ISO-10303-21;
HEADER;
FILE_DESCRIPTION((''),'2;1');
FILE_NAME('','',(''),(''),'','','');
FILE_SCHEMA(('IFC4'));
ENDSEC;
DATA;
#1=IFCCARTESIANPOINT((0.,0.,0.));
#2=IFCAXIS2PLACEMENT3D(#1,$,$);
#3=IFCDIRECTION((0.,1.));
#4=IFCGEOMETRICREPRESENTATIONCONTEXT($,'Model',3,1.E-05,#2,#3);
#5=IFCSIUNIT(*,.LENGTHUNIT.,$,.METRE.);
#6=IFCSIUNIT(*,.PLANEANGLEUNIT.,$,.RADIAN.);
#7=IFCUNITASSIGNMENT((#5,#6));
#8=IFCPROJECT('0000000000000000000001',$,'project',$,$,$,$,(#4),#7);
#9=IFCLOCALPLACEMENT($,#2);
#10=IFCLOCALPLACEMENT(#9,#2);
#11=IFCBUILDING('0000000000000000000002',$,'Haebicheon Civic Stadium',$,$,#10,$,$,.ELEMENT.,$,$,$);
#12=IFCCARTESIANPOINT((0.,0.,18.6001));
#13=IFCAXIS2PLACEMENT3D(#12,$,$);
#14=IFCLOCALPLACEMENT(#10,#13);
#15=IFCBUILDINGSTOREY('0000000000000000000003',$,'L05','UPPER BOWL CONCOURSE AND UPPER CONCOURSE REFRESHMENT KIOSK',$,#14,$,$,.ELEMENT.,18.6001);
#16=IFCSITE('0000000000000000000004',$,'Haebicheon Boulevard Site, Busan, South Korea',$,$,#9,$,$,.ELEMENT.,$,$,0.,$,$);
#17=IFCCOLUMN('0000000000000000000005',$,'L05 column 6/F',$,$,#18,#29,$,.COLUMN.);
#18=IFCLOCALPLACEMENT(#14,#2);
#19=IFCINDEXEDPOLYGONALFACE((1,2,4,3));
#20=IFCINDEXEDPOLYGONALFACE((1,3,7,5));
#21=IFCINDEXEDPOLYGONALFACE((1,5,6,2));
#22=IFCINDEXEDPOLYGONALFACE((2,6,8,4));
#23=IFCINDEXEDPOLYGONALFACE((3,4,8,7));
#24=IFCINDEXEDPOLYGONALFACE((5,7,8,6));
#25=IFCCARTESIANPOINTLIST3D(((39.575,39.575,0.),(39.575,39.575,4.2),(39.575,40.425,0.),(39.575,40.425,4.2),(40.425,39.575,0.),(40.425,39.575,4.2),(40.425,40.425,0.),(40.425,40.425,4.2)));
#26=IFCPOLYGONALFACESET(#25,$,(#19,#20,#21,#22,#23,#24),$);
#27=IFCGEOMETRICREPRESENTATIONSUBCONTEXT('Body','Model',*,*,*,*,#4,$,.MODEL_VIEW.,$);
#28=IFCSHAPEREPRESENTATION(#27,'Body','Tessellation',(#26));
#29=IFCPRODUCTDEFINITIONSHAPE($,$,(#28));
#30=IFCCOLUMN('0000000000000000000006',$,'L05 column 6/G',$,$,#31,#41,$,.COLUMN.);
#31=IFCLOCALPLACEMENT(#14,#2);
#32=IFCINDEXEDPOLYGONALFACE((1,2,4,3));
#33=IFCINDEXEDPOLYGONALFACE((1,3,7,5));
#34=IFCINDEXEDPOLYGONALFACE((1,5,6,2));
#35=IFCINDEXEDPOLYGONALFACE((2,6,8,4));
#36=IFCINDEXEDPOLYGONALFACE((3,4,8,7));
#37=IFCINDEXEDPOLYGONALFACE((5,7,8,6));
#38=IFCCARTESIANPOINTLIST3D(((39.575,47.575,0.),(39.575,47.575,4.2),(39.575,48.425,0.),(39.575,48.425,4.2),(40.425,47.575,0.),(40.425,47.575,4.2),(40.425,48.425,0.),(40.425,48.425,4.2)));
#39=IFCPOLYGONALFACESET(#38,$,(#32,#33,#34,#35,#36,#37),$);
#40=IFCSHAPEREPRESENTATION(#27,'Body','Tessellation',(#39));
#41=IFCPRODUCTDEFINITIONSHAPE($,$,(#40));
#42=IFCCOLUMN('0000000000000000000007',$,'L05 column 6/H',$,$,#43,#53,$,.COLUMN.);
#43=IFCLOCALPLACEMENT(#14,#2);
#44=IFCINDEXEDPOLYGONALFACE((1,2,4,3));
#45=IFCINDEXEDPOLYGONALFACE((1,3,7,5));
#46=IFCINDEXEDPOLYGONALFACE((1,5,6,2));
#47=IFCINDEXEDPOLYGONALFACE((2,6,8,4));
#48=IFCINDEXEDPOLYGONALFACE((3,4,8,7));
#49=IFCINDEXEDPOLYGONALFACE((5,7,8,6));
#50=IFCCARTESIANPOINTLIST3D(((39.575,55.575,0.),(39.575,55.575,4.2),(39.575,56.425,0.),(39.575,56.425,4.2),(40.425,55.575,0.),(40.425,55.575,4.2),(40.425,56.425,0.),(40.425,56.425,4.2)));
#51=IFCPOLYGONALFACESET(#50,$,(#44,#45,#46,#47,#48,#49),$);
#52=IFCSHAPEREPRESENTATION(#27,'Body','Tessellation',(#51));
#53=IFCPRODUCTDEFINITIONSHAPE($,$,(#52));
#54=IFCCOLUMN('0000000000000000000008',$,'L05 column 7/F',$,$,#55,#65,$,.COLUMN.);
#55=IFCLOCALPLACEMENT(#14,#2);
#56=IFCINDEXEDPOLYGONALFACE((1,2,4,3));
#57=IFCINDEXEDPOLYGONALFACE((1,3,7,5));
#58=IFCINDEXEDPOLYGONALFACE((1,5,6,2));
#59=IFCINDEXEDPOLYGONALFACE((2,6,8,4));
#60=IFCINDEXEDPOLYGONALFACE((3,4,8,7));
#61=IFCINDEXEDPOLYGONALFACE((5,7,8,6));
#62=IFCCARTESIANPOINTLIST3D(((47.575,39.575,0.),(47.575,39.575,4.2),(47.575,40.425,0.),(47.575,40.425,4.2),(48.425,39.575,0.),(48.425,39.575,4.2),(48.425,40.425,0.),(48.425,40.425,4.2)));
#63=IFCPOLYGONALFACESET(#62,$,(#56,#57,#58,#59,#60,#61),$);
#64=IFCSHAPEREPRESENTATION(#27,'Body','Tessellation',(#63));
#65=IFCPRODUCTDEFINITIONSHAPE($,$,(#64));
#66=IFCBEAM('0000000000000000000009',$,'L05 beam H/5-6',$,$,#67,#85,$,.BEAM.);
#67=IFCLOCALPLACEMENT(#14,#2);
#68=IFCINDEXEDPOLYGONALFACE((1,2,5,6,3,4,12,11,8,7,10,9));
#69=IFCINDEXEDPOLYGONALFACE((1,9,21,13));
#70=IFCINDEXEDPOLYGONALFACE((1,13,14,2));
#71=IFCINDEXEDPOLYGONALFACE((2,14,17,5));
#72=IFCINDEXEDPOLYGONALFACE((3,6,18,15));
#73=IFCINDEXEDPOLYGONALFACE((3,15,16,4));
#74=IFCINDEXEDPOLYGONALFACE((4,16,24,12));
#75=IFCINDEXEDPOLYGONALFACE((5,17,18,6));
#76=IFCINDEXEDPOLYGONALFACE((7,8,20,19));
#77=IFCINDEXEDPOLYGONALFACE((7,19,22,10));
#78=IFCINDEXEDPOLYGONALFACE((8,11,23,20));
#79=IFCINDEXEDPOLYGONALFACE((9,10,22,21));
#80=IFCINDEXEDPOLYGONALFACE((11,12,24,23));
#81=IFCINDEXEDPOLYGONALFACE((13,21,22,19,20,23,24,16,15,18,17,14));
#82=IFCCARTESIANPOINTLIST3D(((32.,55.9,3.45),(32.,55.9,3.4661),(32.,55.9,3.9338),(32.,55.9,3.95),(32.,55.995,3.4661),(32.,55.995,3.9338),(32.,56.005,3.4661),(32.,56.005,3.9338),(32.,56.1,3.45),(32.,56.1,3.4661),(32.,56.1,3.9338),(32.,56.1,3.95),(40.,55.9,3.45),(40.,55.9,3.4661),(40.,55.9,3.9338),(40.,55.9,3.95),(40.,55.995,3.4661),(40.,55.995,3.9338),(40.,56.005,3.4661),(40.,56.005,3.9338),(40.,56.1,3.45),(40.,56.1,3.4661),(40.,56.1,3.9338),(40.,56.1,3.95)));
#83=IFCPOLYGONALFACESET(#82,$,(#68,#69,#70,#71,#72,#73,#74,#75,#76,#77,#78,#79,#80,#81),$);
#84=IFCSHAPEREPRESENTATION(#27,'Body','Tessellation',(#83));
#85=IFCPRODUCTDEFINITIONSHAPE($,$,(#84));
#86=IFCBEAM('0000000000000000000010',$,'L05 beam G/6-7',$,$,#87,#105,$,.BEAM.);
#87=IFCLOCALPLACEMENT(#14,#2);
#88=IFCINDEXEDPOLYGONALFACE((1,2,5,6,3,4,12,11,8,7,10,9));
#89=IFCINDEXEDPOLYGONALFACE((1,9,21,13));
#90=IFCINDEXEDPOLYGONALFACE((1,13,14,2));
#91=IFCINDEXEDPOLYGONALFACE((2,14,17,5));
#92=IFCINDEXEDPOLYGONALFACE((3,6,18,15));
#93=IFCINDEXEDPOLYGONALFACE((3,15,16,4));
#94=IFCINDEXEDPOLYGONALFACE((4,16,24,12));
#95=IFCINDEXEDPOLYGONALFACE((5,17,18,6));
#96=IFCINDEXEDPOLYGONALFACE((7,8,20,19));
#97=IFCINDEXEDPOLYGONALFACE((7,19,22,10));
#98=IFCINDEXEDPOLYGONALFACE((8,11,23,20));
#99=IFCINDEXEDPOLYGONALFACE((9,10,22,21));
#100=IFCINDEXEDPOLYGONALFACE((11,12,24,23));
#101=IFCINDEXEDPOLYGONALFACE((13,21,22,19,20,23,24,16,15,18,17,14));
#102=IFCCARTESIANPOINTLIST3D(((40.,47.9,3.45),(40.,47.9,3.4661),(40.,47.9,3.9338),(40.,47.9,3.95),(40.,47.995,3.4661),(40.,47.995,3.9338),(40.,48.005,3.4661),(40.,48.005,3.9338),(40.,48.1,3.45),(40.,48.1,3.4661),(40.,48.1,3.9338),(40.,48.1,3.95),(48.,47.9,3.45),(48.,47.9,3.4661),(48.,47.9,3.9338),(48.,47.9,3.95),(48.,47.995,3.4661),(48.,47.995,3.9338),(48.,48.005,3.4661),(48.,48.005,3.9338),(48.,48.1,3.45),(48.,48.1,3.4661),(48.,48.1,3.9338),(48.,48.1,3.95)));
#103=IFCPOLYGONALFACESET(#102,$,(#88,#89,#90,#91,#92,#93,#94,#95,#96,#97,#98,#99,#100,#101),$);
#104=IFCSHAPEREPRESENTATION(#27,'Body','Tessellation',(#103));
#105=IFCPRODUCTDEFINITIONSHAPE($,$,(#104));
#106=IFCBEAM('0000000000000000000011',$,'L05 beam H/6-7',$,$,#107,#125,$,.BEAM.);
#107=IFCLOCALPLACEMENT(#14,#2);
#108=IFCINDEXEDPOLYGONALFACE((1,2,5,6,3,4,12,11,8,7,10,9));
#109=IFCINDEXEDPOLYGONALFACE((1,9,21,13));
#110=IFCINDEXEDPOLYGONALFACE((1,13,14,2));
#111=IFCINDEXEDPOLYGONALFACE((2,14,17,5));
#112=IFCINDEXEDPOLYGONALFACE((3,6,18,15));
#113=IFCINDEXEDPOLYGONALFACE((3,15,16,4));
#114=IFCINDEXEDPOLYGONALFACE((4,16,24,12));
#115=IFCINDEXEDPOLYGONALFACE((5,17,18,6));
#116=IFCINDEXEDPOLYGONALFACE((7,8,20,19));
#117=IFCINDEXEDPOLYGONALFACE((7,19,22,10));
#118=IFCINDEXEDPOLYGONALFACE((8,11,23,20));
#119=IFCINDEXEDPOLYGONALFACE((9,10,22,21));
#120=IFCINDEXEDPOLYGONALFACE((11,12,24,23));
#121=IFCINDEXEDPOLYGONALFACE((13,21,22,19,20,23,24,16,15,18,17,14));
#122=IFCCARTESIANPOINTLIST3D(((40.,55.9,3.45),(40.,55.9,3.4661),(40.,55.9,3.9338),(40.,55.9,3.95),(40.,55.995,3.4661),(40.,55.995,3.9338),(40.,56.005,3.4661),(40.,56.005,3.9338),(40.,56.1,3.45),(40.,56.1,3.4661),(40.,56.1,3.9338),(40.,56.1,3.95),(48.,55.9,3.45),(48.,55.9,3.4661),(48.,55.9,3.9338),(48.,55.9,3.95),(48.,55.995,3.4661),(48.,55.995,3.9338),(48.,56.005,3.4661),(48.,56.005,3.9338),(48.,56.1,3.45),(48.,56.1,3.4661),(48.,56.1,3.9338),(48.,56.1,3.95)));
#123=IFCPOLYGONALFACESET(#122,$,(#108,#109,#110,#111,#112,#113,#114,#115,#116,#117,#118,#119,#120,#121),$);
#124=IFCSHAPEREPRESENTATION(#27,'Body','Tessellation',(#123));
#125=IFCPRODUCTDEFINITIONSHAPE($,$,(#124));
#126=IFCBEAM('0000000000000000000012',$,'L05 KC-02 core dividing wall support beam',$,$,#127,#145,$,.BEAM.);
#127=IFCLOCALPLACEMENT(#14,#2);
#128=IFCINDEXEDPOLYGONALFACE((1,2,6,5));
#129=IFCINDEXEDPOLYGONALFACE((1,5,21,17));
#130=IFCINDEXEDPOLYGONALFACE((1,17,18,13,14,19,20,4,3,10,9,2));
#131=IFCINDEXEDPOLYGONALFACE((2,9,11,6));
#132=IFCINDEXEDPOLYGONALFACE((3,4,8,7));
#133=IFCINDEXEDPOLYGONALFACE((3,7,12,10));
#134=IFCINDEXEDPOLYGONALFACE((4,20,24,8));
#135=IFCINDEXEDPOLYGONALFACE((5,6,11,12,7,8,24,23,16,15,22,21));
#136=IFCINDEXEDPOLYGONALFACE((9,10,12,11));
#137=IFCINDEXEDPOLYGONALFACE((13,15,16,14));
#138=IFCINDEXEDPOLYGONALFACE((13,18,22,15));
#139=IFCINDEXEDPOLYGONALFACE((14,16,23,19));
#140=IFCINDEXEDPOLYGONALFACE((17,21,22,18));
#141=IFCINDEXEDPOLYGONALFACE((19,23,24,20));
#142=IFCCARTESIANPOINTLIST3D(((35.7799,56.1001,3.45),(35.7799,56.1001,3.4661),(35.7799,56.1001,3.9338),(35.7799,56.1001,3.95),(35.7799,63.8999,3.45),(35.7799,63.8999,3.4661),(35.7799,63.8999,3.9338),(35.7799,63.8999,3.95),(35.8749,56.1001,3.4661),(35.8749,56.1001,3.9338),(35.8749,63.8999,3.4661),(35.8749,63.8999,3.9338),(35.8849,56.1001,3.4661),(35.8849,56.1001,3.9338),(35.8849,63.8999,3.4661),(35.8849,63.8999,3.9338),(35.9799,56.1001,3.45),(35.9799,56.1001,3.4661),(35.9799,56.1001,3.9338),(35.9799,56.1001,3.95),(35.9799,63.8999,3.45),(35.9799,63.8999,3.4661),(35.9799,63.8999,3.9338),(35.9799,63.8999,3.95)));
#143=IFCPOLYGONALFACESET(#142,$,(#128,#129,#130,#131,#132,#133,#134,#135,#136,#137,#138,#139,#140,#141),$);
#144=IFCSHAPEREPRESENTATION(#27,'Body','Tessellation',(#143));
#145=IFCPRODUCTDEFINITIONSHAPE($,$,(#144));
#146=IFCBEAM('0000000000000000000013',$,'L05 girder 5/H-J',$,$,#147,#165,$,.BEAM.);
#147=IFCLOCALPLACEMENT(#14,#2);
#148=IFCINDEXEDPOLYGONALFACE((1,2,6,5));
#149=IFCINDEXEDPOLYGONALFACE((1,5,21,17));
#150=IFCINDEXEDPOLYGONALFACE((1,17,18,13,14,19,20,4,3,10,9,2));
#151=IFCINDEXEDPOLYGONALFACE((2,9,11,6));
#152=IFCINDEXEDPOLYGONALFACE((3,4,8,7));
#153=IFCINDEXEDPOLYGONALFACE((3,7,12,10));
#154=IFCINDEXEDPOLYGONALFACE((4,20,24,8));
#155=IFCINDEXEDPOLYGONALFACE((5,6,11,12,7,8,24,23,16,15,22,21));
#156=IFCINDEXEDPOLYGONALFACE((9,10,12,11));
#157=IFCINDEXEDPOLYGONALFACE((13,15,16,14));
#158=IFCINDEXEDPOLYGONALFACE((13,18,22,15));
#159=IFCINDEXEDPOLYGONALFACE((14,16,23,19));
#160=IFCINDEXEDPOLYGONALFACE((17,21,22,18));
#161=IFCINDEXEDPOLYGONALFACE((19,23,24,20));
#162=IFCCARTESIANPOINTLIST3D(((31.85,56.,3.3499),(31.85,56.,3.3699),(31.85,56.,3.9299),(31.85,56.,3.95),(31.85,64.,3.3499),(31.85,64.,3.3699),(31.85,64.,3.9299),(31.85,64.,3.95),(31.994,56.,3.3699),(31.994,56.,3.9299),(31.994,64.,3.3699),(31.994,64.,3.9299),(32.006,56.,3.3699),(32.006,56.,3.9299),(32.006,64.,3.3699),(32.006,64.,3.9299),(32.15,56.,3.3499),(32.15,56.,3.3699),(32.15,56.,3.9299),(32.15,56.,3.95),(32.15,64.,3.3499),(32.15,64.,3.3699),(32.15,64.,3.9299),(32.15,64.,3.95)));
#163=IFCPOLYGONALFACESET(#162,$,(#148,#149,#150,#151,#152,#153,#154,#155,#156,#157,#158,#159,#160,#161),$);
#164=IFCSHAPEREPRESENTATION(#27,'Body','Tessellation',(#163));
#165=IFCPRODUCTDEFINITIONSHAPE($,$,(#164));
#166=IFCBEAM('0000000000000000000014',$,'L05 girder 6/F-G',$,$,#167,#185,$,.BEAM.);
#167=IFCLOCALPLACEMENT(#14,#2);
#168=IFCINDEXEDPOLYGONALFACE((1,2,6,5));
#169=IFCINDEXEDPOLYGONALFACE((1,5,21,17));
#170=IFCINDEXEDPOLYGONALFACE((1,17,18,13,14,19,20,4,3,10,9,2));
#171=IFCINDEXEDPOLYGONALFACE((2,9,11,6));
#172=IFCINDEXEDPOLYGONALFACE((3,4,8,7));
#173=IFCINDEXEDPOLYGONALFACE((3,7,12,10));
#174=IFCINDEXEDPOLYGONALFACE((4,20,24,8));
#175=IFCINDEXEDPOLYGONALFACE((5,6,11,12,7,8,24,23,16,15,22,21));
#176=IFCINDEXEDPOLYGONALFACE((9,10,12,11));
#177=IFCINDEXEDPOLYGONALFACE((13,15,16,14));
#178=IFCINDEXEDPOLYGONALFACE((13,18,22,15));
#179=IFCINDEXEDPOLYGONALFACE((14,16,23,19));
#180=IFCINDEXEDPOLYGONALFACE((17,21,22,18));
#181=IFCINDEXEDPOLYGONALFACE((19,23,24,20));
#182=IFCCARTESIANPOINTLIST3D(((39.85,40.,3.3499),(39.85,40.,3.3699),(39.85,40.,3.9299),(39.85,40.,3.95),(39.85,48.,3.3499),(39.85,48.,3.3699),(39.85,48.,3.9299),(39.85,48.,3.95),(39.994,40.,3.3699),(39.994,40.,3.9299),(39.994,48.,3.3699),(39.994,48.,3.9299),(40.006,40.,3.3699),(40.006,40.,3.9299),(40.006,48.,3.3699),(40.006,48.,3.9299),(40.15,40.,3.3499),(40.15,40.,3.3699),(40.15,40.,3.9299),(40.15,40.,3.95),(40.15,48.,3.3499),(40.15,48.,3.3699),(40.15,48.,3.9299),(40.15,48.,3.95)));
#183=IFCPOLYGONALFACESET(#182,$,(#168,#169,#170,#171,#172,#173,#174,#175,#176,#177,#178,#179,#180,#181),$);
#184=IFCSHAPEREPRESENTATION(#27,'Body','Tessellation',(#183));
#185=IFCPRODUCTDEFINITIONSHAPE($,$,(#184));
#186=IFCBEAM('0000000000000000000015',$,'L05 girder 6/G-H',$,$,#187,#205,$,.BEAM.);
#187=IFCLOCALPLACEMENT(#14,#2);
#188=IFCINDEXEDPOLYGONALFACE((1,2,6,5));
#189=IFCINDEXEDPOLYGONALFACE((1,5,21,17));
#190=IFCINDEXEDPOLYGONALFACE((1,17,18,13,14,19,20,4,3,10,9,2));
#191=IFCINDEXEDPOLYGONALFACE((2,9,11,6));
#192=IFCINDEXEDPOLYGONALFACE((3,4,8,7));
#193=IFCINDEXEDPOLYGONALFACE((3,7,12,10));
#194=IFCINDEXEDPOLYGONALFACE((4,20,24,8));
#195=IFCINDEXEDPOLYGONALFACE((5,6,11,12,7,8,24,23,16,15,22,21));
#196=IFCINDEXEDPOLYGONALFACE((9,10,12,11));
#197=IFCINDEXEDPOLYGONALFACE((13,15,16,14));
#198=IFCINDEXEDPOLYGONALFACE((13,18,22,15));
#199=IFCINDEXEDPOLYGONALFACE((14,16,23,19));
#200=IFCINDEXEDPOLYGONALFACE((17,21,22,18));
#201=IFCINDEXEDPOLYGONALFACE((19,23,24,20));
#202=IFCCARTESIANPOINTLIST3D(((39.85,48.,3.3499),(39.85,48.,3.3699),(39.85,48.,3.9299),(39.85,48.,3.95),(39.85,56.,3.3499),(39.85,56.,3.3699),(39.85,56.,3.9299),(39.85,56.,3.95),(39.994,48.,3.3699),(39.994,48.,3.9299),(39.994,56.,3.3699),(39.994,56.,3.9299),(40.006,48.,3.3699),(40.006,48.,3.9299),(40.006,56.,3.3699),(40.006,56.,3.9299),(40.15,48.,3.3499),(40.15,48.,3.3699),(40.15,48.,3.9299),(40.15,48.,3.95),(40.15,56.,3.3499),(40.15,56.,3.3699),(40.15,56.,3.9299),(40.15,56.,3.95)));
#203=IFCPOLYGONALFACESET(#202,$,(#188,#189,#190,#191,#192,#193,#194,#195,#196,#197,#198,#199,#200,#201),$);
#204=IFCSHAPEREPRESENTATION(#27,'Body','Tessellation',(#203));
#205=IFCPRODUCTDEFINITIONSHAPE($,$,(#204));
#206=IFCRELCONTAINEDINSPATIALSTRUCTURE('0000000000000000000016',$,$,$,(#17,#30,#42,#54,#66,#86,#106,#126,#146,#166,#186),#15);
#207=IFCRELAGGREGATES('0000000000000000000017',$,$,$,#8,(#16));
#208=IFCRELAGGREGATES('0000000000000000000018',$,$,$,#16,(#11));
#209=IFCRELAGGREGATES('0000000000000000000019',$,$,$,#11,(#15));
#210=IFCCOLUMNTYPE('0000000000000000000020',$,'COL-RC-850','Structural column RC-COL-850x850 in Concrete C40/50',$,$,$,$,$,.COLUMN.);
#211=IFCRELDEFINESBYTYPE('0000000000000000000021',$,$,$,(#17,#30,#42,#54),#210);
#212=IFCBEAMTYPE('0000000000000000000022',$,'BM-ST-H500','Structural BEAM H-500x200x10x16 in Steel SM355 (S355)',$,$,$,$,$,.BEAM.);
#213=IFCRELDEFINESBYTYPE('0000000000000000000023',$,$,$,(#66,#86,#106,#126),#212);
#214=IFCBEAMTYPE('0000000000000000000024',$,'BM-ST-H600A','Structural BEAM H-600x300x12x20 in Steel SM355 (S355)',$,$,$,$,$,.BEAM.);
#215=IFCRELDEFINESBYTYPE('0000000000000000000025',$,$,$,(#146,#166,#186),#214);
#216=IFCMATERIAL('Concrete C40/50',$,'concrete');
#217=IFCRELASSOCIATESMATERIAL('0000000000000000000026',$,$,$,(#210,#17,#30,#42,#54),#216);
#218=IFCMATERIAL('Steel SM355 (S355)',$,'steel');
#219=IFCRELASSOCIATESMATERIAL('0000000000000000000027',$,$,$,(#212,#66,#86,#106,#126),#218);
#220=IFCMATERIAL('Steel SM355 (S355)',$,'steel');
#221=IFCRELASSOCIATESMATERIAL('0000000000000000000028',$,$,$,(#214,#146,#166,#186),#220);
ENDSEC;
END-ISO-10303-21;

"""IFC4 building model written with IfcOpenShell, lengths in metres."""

from ifc_helpers import new_model, si_unit, direction, frame, origin, origin_2d, place, context, subcontext, project, spatial, rectangle, i_section, extrude, material, material_profile, profile_set, type_object, element, save


model = new_model("IFC4")

# Units and contexts
model_context = context("Model", 3, precision=1e-05, world=origin(), true_north=direction((0.0, 1.0)))
body_context = subcontext(model_context, "Body", "Model", "MODEL_VIEW")
ifc_project = project(units=[si_unit("LENGTHUNIT", "METRE"), si_unit("PLANEANGLEUNIT", "RADIAN")], contexts=[model_context])

# Site, building, storey
site_placement = place(None, origin())
site = spatial("IfcSite", under=ifc_project, at=site_placement, Name="Haebicheon Boulevard Site, Busan, South Korea", CompositionType="ELEMENT", RefElevation=0.0)
building_placement = place(site_placement, origin())
building = spatial("IfcBuilding", under=site, at=building_placement, Name="Haebicheon Civic Stadium", CompositionType="ELEMENT")
storey_placement = place(building_placement, frame((0.0, 0.0, 18.6001)))
storey = spatial("IfcBuildingStorey", under=building, at=storey_placement, Name="L05", Description="UPPER BOWL CONCOURSE AND UPPER CONCOURSE REFRESHMENT KIOSK", CompositionType="ELEMENT", Elevation=18.6001)

# Columns
ifc_material_1 = material(Name="Concrete C40/50", Category="concrete")
ifc_material_profile_1 = material_profile(ifc_material_1, rectangle(XDim=0.8501, YDim=0.8501, at=origin_2d()), Name="RC-COL-850x850")
ifc_profile_set_1 = profile_set([ifc_material_profile_1], Name="Concrete C40/50")
column_type = type_object("IfcColumnType", Name="COL-RC-850", Description="Structural column RC-COL-850x850 in Concrete C40/50", PredefinedType="COLUMN", material=ifc_profile_set_1)
for number, where, z_axis, x_axis, name in (
    (1, (40.0, 40.0, 0.0), (0.0, 0.0, 1.0), (1.0, 0.0, 0.0), "L05 column 6/F"),
    (2, (40.0, 48.0, 0.0), (0.0, 0.0, 1.0), (1.0, 0.0, 0.0), "L05 column 6/G"),
    (3, (40.0, 56.0, 0.0), (0.0, 0.0, 1.0), (1.0, 0.0, 0.0), "L05 column 6/H"),
    (4, (48.0, 40.0, 0.0), (0.0, 0.0, 1.0), (1.0, 0.0, 0.0), "L05 column 7/F"),
):
    element("IfcColumn", number, at=place(storey_placement, frame(where, z_axis=z_axis, x_axis=x_axis)), inside=storey, type_object=column_type, material=ifc_profile_set_1, Name=name, PredefinedType="COLUMN", context=body_context, shape_type="SweptSolid", body=[
        extrude(rectangle(XDim=0.8501, YDim=0.8501, at=origin_2d()), origin(), (0.0, 0.0, 1.0), 4.2),
    ])

# Beams
ifc_material_2 = material(Name="Steel SM355 (S355)", Category="steel")
ifc_material_profile_2 = material_profile(ifc_material_2, i_section(OverallWidth=0.2, OverallDepth=0.5, WebThickness=0.01, FlangeThickness=0.0161, at=origin_2d()), Name="H-500x200x10x16")
ifc_profile_set_2 = profile_set([ifc_material_profile_2], Name="Steel SM355 (S355)")
beam_type_1 = type_object("IfcBeamType", Name="BM-ST-H500", Description="Structural BEAM H-500x200x10x16 in Steel SM355 (S355)", PredefinedType="BEAM", material=ifc_profile_set_2)
for number, where, z_axis, x_axis, name in (
    (5, (32.0, 56.0, 3.7), (1.0, 0.0, 0.0), (0.0, 1.0, 0.0), "L05 beam H/5-6"),
    (6, (40.0, 48.0, 3.7), (1.0, 0.0, 0.0), (0.0, 1.0, 0.0), "L05 beam G/6-7"),
    (7, (40.0, 56.0, 3.7), (1.0, 0.0, 0.0), (0.0, 1.0, 0.0), "L05 beam H/6-7"),
):
    element("IfcBeam", number, at=place(storey_placement, frame(where, z_axis=z_axis, x_axis=x_axis)), inside=storey, type_object=beam_type_1, material=ifc_profile_set_2, Name=name, PredefinedType="BEAM", context=body_context, shape_type="SweptSolid", body=[
        extrude(i_section(OverallWidth=0.2, OverallDepth=0.5, WebThickness=0.01, FlangeThickness=0.0161, at=origin_2d()), origin(), (0.0, 0.0, 1.0), 8.0),
    ])
beam_placement = place(storey_placement, frame((35.8799, 56.1001, 3.7), z_axis=(0.0, 1.0, 0.0), x_axis=(-1.0, 0.0, 0.0)))
element("IfcBeam", 8, at=beam_placement, inside=storey, type_object=beam_type_1, material=ifc_profile_set_2, Name="L05 KC-02 core dividing wall support beam", PredefinedType="BEAM", context=body_context, shape_type="SweptSolid", body=[
    extrude(i_section(OverallWidth=0.2, OverallDepth=0.5, WebThickness=0.01, FlangeThickness=0.0161, at=origin_2d()), origin(), (0.0, 0.0, 1.0), 7.7998),
])
ifc_material_3 = material(Name="Steel SM355 (S355)", Category="steel")
ifc_material_profile_3 = material_profile(ifc_material_3, i_section(OverallWidth=0.3, OverallDepth=0.6001, WebThickness=0.012, FlangeThickness=0.02, at=origin_2d()), Name="H-600x300x12x20")
ifc_profile_set_3 = profile_set([ifc_material_profile_3], Name="Steel SM355 (S355)")
beam_type_2 = type_object("IfcBeamType", Name="BM-ST-H600A", Description="Structural BEAM H-600x300x12x20 in Steel SM355 (S355)", PredefinedType="BEAM", material=ifc_profile_set_3)
for number, where, z_axis, x_axis, name in (
    (9, (32.0, 56.0, 3.6499), (0.0, 1.0, 0.0), (-1.0, 0.0, 0.0), "L05 girder 5/H-J"),
    (10, (40.0, 40.0, 3.6499), (0.0, 1.0, 0.0), (-1.0, 0.0, 0.0), "L05 girder 6/F-G"),
    (11, (40.0, 48.0, 3.6499), (0.0, 1.0, 0.0), (-1.0, 0.0, 0.0), "L05 girder 6/G-H"),
):
    element("IfcBeam", number, at=place(storey_placement, frame(where, z_axis=z_axis, x_axis=x_axis)), inside=storey, type_object=beam_type_2, material=ifc_profile_set_3, Name=name, PredefinedType="BEAM", context=body_context, shape_type="SweptSolid", body=[
        extrude(i_section(OverallWidth=0.3, OverallDepth=0.6001, WebThickness=0.012, FlangeThickness=0.02, at=origin_2d()), origin(), (0.0, 0.0, 1.0), 8.0),
    ])

save(model, "model.ifc")
